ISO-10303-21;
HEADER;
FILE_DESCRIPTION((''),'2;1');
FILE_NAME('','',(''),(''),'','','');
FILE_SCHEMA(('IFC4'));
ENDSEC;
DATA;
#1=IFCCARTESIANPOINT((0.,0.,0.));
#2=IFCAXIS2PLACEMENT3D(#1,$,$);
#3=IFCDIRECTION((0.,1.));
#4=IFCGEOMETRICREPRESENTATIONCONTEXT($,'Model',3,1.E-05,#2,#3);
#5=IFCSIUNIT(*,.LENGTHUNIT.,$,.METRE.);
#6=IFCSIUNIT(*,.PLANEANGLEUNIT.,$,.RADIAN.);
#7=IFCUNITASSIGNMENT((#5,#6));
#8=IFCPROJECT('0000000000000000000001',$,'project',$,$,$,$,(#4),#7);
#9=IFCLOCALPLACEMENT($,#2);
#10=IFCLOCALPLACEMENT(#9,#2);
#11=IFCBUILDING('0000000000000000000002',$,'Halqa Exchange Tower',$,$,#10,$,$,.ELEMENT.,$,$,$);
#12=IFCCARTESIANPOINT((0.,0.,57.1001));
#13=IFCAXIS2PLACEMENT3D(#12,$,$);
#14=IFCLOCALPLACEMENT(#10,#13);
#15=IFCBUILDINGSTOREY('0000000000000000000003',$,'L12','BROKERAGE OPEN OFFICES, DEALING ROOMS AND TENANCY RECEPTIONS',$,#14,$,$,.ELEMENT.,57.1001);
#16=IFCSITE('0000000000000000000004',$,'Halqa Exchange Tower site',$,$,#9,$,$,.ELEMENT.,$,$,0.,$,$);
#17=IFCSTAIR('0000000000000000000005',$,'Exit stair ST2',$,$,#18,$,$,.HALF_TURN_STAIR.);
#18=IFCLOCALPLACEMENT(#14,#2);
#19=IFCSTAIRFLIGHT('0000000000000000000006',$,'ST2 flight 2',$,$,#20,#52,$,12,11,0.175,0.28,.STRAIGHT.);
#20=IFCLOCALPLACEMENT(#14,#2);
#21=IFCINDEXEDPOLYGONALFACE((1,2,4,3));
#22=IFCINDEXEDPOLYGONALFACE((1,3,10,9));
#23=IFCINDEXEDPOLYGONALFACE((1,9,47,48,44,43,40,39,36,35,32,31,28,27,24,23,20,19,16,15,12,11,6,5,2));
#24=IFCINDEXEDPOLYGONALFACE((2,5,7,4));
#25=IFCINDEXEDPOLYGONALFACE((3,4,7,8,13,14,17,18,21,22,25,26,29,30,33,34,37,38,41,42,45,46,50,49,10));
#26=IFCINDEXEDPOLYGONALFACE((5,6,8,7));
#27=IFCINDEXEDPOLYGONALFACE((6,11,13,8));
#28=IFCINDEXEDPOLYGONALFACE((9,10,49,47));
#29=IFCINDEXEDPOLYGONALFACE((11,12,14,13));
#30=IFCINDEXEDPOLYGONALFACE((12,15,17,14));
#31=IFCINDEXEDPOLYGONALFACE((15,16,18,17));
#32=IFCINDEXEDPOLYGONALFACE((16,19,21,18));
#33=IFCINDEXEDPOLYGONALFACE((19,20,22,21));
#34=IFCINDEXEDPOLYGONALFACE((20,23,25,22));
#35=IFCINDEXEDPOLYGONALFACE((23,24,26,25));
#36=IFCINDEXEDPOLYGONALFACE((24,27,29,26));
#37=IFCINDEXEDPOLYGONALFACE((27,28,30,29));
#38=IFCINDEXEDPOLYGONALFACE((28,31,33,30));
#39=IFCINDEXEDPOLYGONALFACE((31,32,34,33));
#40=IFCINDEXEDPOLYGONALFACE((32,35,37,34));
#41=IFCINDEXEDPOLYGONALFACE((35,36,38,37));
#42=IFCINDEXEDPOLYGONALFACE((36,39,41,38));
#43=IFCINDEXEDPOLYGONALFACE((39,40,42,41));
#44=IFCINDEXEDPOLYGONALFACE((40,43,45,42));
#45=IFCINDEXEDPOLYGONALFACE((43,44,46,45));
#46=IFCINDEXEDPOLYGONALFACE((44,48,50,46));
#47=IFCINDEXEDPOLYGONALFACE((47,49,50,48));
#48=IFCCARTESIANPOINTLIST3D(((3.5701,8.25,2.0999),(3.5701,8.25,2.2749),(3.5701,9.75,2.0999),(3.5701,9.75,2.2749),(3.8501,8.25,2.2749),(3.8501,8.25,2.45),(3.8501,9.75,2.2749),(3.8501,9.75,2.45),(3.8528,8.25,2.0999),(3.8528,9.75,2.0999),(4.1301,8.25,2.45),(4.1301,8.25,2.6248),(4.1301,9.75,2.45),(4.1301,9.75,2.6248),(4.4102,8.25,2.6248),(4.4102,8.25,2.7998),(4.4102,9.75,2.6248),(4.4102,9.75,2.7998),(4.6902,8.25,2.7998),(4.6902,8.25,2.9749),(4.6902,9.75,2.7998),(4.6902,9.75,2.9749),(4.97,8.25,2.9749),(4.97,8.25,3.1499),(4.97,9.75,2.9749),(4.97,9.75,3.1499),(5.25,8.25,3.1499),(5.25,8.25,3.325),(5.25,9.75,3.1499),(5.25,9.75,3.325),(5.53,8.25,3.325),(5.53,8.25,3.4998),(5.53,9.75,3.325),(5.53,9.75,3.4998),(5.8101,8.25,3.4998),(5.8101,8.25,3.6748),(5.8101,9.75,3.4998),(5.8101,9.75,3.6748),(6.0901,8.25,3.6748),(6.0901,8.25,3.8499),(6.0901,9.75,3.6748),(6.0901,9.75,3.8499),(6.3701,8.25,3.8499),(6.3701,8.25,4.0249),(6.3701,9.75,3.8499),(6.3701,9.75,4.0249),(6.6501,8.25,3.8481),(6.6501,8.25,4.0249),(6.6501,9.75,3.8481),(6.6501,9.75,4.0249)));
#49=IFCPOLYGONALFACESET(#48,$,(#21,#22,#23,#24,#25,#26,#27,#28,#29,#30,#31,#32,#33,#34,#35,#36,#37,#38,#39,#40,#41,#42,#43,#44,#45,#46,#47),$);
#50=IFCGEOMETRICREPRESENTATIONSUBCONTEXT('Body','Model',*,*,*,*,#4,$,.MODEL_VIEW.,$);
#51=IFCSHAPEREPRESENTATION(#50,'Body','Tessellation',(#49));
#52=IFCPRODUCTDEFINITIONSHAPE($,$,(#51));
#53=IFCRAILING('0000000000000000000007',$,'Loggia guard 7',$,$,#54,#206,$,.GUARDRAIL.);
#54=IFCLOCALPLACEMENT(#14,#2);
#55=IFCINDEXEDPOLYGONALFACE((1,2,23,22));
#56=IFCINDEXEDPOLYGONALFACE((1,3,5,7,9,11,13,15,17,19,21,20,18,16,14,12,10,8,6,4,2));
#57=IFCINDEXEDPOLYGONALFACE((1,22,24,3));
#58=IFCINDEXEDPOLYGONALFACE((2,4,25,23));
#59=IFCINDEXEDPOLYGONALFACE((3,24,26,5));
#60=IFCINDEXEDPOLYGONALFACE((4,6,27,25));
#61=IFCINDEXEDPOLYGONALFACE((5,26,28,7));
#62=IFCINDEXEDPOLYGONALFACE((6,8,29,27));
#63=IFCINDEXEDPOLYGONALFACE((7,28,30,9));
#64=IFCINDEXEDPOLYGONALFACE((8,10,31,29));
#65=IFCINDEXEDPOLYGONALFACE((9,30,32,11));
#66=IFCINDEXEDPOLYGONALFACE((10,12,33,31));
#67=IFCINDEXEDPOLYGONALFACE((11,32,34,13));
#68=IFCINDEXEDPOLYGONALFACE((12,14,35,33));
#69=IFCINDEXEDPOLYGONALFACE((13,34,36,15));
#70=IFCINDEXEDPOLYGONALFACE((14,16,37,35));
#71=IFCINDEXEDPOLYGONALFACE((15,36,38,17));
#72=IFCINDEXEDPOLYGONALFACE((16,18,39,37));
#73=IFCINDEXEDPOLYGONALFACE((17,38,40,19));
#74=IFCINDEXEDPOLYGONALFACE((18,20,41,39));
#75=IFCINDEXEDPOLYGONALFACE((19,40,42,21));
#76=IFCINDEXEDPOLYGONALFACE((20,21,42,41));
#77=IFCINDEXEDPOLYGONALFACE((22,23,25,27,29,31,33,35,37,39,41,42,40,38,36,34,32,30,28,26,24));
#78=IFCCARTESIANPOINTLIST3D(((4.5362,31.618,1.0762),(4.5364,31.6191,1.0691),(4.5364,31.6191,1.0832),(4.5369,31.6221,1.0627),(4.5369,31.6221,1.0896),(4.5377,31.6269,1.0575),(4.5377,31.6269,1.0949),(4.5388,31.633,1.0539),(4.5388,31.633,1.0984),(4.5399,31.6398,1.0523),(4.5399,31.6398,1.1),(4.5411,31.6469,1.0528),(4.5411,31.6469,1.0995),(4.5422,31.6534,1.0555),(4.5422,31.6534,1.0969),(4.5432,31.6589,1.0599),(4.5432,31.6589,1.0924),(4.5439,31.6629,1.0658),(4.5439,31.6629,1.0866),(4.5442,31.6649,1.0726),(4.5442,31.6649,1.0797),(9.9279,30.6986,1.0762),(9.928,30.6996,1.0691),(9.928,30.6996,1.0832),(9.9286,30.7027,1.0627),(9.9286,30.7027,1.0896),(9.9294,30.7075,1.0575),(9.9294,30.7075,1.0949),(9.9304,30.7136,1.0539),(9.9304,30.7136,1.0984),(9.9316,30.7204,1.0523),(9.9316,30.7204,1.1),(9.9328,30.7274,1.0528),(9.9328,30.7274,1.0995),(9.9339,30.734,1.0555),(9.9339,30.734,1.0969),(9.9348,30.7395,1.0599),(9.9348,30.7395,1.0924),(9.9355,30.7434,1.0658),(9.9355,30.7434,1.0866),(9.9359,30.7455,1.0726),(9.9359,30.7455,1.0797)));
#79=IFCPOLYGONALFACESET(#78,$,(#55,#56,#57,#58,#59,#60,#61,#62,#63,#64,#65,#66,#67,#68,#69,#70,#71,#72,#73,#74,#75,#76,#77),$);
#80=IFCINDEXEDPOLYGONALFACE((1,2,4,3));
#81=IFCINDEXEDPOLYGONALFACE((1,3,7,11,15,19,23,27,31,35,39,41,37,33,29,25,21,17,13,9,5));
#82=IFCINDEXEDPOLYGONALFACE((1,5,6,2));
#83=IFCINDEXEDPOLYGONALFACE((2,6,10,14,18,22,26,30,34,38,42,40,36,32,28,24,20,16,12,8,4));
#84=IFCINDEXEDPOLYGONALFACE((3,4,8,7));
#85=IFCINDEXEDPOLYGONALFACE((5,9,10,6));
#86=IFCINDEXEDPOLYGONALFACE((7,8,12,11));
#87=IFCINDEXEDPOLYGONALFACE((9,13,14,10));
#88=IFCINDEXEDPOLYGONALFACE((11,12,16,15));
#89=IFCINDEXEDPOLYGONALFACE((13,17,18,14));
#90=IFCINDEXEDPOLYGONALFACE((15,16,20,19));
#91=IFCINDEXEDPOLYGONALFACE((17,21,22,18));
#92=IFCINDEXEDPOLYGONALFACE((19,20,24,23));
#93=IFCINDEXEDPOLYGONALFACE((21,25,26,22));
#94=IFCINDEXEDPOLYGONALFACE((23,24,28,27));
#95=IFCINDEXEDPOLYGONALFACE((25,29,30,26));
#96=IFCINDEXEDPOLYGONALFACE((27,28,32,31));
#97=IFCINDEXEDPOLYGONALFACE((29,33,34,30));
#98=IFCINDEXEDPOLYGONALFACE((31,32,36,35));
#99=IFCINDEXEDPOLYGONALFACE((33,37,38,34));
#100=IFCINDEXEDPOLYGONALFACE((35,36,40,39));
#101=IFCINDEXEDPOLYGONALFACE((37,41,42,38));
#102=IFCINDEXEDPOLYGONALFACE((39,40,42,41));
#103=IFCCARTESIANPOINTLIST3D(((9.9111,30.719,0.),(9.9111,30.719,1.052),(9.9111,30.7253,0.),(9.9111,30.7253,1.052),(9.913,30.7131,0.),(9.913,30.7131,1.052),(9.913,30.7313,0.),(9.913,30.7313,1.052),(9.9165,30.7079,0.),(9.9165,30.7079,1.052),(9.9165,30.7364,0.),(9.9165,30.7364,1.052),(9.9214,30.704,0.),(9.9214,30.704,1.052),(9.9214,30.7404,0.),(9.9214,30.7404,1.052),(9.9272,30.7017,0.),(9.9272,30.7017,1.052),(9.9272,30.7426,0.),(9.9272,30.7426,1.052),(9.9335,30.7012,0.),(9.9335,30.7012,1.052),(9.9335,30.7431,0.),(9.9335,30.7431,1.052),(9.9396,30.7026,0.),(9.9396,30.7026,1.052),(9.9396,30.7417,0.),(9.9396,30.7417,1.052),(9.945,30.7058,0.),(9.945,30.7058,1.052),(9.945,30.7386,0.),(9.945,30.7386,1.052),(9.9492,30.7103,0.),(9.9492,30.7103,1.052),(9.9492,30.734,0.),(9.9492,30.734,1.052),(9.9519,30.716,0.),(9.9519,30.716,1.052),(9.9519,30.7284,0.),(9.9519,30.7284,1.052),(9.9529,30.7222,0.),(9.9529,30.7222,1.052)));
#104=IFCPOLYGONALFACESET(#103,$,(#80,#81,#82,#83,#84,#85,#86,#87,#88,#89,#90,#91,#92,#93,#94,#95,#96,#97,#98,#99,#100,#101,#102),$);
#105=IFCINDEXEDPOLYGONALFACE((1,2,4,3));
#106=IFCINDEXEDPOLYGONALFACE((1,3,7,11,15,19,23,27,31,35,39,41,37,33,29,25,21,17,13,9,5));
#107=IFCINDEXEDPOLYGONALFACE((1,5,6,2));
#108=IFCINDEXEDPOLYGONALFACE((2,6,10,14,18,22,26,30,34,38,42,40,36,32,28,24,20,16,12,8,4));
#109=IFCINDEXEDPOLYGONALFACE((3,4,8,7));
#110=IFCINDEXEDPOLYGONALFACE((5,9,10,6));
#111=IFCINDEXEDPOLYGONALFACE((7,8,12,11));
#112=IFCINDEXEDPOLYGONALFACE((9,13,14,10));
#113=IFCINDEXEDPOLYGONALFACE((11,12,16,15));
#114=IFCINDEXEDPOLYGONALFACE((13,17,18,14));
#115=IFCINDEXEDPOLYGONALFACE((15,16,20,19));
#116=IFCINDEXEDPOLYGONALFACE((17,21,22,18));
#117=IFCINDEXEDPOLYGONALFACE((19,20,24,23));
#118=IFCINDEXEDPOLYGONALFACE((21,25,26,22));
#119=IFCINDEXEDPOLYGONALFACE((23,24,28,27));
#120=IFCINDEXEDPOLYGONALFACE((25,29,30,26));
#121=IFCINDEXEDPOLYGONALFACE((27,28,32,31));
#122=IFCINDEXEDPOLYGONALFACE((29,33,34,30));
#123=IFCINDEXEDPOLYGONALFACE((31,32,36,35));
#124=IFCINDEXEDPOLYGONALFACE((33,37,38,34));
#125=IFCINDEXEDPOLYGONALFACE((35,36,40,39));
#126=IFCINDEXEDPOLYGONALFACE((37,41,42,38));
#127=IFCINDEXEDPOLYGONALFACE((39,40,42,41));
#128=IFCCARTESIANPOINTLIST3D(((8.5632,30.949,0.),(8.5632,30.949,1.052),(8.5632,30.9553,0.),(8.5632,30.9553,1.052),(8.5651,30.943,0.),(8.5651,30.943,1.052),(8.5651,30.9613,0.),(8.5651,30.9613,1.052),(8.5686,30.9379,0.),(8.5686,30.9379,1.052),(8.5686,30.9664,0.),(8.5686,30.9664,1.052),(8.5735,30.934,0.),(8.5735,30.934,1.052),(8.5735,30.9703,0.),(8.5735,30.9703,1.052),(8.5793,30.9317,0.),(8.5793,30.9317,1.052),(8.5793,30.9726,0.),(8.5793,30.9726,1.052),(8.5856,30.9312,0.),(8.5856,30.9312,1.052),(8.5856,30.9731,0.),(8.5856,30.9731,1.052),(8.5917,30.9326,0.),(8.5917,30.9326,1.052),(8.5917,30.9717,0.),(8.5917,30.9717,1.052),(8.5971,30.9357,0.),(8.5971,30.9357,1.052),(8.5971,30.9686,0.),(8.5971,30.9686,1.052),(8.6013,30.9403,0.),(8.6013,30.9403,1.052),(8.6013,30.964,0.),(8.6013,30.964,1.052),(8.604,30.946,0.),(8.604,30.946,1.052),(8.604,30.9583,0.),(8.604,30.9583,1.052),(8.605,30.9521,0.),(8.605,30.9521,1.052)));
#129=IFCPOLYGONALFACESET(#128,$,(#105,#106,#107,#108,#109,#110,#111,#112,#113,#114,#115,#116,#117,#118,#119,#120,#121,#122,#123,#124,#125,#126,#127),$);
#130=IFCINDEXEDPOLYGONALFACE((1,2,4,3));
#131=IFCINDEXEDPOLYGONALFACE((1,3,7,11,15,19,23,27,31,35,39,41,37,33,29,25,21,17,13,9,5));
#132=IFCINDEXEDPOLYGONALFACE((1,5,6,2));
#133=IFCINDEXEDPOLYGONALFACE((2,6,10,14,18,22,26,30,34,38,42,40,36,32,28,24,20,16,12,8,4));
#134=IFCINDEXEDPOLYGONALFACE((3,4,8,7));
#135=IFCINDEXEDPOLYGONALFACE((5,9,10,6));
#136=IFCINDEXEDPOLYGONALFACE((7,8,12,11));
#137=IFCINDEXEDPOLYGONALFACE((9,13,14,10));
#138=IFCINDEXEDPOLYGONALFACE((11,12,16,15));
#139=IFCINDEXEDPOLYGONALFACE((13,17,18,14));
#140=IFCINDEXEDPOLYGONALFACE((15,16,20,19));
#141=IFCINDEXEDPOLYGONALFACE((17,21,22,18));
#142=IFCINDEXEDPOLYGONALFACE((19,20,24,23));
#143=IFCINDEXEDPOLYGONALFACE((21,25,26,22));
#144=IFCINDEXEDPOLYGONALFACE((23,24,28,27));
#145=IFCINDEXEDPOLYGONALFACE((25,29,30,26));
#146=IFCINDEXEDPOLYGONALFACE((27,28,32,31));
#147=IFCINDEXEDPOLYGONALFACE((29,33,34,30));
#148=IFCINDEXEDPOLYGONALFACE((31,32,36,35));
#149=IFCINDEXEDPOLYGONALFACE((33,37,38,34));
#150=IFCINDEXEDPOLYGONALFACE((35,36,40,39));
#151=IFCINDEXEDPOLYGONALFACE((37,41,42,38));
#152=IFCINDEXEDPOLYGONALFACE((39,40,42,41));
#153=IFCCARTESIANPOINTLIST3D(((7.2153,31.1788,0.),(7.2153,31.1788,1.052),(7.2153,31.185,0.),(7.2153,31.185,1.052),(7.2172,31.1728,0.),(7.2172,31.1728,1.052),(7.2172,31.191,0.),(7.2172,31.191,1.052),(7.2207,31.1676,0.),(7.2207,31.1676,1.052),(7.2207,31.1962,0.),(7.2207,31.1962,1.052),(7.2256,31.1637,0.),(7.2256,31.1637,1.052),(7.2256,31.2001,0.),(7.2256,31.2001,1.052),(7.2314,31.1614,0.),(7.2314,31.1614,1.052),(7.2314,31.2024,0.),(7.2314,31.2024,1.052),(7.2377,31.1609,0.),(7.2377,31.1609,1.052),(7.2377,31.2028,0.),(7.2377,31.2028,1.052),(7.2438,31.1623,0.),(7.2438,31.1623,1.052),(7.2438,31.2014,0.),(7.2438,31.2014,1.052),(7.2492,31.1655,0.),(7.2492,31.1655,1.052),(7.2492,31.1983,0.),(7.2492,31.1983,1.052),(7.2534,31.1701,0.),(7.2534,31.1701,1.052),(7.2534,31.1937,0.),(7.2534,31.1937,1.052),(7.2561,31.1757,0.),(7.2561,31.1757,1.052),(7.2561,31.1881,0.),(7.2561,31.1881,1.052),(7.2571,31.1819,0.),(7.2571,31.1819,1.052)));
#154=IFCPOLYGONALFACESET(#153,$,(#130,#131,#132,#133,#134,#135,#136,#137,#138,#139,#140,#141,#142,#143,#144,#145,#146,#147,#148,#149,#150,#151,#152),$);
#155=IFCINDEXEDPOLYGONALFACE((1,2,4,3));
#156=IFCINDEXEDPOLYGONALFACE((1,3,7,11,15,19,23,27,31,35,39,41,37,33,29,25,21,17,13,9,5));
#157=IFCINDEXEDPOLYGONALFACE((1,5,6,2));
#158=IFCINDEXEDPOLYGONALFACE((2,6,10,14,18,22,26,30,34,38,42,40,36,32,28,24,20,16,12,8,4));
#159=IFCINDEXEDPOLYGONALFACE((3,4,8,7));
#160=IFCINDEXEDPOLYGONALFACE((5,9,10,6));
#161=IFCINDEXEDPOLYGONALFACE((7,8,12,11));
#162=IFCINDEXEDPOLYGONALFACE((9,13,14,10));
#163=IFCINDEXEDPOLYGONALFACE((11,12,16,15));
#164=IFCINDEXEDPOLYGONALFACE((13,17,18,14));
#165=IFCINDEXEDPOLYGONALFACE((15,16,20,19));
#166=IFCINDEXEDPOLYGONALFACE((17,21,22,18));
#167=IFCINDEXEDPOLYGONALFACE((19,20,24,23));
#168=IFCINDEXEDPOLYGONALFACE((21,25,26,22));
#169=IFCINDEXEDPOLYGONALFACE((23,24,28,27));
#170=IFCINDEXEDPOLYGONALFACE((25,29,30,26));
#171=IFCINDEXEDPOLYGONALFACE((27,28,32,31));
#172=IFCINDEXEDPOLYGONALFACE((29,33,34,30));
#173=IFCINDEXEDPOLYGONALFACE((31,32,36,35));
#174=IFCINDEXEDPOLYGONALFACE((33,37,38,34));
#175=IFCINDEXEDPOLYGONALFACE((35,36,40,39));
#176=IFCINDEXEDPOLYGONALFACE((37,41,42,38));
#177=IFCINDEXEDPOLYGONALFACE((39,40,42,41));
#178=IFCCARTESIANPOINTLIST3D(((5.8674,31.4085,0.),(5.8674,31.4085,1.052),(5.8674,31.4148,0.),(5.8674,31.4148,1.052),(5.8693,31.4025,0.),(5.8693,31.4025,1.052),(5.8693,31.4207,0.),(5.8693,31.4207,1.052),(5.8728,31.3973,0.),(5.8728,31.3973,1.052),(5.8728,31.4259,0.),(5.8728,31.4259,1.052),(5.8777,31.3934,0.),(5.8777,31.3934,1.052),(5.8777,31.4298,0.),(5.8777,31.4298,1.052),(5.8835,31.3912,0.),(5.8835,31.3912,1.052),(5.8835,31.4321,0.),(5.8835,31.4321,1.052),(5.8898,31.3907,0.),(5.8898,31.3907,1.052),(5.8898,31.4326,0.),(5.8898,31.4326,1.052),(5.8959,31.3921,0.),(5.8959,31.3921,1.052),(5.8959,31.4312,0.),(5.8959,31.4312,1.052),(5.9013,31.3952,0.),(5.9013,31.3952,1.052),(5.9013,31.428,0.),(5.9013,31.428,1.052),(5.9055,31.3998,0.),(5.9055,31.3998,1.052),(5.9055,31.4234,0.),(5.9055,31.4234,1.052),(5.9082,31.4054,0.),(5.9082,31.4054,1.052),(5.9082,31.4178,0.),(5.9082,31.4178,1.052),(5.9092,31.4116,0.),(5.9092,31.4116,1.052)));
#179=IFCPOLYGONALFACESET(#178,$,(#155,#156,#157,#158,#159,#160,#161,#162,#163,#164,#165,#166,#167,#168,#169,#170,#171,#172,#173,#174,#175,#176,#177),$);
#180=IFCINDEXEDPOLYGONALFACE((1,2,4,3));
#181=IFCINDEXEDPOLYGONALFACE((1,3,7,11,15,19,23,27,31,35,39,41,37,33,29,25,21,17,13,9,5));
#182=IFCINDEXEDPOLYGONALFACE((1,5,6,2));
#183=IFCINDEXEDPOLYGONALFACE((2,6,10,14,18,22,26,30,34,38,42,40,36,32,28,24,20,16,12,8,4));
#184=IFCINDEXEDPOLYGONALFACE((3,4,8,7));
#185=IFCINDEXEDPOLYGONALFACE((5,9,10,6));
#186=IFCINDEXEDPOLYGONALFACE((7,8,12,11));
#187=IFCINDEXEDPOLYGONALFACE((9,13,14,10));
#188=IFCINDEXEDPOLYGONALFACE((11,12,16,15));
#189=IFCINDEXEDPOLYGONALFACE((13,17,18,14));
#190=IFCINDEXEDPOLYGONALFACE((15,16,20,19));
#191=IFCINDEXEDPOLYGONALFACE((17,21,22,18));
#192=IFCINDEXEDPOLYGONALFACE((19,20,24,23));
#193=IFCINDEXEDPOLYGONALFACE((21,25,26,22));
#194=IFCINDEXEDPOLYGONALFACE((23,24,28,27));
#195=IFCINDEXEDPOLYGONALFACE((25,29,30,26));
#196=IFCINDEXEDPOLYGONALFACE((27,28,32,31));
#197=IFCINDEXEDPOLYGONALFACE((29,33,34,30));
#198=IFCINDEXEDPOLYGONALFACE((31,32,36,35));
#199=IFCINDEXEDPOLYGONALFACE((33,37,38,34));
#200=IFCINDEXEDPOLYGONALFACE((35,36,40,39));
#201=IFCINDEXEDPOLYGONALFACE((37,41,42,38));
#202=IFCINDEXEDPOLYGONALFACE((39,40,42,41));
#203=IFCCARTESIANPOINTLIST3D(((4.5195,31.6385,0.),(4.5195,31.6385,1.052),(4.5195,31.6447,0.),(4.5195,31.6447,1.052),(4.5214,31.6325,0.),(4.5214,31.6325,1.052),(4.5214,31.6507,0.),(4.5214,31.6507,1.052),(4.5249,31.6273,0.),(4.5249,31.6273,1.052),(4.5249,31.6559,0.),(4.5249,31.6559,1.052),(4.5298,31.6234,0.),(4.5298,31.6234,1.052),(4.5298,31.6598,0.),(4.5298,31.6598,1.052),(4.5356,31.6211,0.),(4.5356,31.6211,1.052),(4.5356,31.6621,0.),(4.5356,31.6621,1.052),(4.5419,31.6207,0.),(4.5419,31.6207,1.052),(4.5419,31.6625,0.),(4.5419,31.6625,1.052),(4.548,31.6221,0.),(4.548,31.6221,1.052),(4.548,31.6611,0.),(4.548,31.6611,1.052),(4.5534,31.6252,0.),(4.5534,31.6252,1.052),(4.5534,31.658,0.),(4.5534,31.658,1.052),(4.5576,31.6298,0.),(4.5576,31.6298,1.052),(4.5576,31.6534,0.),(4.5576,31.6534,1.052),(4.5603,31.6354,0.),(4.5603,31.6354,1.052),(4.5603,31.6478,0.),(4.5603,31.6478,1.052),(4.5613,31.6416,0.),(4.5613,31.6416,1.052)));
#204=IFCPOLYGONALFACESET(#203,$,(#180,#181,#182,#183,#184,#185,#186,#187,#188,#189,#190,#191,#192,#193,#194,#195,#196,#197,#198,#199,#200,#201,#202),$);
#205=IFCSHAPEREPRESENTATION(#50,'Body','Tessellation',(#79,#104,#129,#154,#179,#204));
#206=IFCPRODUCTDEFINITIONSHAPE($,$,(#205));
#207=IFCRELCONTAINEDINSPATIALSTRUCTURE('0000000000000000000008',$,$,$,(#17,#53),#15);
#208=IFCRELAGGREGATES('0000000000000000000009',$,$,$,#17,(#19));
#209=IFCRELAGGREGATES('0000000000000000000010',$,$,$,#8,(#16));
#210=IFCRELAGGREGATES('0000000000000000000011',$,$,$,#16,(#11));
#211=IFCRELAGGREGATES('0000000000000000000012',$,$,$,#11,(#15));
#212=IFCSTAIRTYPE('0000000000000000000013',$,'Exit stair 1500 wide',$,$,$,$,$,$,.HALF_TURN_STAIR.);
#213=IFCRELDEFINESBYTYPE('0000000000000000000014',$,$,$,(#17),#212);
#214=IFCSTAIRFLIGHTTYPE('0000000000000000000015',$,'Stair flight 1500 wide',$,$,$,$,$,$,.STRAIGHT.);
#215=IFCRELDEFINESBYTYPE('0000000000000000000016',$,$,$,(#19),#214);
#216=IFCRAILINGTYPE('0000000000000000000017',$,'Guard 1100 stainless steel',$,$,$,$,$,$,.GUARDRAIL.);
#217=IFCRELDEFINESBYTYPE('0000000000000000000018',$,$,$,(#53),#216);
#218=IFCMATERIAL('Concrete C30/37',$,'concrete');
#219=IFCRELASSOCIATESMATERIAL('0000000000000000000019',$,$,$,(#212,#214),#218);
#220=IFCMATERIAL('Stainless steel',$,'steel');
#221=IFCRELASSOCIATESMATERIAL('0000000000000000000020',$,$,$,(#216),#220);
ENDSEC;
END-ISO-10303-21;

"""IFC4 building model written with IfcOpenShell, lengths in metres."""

from ifc_helpers import new_model, si_unit, direction, frame, origin, origin_2d, place, context, subcontext, project, spatial, polyline, circle, outline, extrude, material, type_object, element, aggregate, save


model = new_model("IFC4")

# Units and contexts
model_context = context("Model", 3, precision=1e-05, world=origin(), true_north=direction((0.0, 1.0)))
body_context = subcontext(model_context, "Body", "Model", "MODEL_VIEW")
ifc_project = project(units=[si_unit("LENGTHUNIT", "METRE"), si_unit("PLANEANGLEUNIT", "RADIAN")], contexts=[model_context])

# Site, building, storey
site_placement = place(None, origin())
site = spatial("IfcSite", under=ifc_project, at=site_placement, Name="Halqa Exchange Tower site", CompositionType="ELEMENT", RefElevation=0.0)
building_placement = place(site_placement, origin())
building = spatial("IfcBuilding", under=site, at=building_placement, Name="Halqa Exchange Tower", CompositionType="ELEMENT")
storey_placement = place(building_placement, frame((0.0, 0.0, 57.1001)))
storey = spatial("IfcBuildingStorey", under=building, at=storey_placement, Name="L12", Description="BROKERAGE OPEN OFFICES, DEALING ROOMS AND TENANCY RECEPTIONS", CompositionType="ELEMENT", Elevation=57.1001)

# Stair
ifc_material_1 = material(Name="Concrete C30/37", Category="concrete")
stair_type = type_object("IfcStairType", Name="Exit stair 1500 wide", PredefinedType="HALF_TURN_STAIR", material=ifc_material_1)
stair_1_placement = place(storey_placement, origin())
stair_1 = element("IfcStair", 1, at=stair_1_placement, inside=storey, type_object=stair_type, Name="Exit stair ST2", PredefinedType="HALF_TURN_STAIR")

# Stair flight
stair_flight_type = type_object("IfcStairFlightType", Name="Stair flight 1500 wide", PredefinedType="STRAIGHT", material=ifc_material_1)
stair_flight_1_placement = place(storey_placement, frame((3.5701, 9.0, 2.0999), z_axis=(0.0, 0.0, 1.0), x_axis=(1.0, 0.0, 0.0)))
stair_flight_1 = element("IfcStairFlight", 2, at=stair_flight_1_placement, type_object=stair_flight_type, Name="ST2 flight 2", NumberOfRisers=12, NumberOfTreads=11, PredefinedType="STRAIGHT", RiserHeight=0.175, TreadLength=0.28, context=body_context, shape_type="SweptSolid", body=[
    extrude(outline(polyline([(0.0, 0.0), (0.0, 0.175), (0.28, 0.175), (0.28, 0.3501), (0.5601, 0.3501), (0.5601, 0.5249), (0.8401, 0.5249), (0.8401, 0.7), (1.1201, 0.7), (1.1201, 0.875), (1.3999, 0.875), (1.3999, 1.05), (1.6799, 1.05), (1.6799, 1.2251), (1.96, 1.2251), (1.96, 1.3999), (2.24, 1.3999), (2.24, 1.575), (2.52, 1.575), (2.52, 1.75), (2.8, 1.75), (2.8, 1.925), (3.0801, 1.925), (3.0801, 2.1001), (3.0801, 1.7483), (0.2827, 0.0), (0.0, 0.0)])), frame((0.0, 0.75, 0.0), z_axis=(0.0, -1.0, 0.0), x_axis=(1.0, 0.0, 0.0)), (0.0, 0.0, 1.0), 1.5),
])
aggregate(stair_1, [stair_flight_1])

# Railing
ifc_material_2 = material(Name="Stainless steel", Category="steel")
railing_type_1 = type_object("IfcRailingType", Name="Guard 1100 stainless steel", PredefinedType="GUARDRAIL", material=ifc_material_2)
railing_1_placement = place(storey_placement, frame((9.9319, 30.7222, 0.0)))
element("IfcRailing", 3, at=railing_1_placement, inside=storey, type_object=railing_type_1, Name="Loggia guard 7", PredefinedType="GUARDRAIL", context=body_context, shape_type="SweptSolid", body=[
    extrude(circle(Radius=0.0239, at=origin_2d()), frame((0.0, 0.0, 1.0762), z_axis=(-0.985769, 0.168104, 0.0), x_axis=(-0.168104, -0.985769, 0.0)), (0.0, 0.0, 1.0), 5.4695),
    extrude(circle(Radius=0.021, at=origin_2d()), origin(), (0.0, 0.0, 1.0), 1.052),
    extrude(circle(Radius=0.021, at=origin_2d()), frame((-1.3479, 0.23, 0.0)), (0.0, 0.0, 1.0), 1.052),
    extrude(circle(Radius=0.021, at=origin_2d()), frame((-2.6958, 0.4597, 0.0)), (0.0, 0.0, 1.0), 1.052),
    extrude(circle(Radius=0.021, at=origin_2d()), frame((-4.0437, 0.6895, 0.0)), (0.0, 0.0, 1.0), 1.052),
    extrude(circle(Radius=0.021, at=origin_2d()), frame((-5.3916, 0.9194, 0.0)), (0.0, 0.0, 1.0), 1.052),
])

save(model, "model.ifc")
